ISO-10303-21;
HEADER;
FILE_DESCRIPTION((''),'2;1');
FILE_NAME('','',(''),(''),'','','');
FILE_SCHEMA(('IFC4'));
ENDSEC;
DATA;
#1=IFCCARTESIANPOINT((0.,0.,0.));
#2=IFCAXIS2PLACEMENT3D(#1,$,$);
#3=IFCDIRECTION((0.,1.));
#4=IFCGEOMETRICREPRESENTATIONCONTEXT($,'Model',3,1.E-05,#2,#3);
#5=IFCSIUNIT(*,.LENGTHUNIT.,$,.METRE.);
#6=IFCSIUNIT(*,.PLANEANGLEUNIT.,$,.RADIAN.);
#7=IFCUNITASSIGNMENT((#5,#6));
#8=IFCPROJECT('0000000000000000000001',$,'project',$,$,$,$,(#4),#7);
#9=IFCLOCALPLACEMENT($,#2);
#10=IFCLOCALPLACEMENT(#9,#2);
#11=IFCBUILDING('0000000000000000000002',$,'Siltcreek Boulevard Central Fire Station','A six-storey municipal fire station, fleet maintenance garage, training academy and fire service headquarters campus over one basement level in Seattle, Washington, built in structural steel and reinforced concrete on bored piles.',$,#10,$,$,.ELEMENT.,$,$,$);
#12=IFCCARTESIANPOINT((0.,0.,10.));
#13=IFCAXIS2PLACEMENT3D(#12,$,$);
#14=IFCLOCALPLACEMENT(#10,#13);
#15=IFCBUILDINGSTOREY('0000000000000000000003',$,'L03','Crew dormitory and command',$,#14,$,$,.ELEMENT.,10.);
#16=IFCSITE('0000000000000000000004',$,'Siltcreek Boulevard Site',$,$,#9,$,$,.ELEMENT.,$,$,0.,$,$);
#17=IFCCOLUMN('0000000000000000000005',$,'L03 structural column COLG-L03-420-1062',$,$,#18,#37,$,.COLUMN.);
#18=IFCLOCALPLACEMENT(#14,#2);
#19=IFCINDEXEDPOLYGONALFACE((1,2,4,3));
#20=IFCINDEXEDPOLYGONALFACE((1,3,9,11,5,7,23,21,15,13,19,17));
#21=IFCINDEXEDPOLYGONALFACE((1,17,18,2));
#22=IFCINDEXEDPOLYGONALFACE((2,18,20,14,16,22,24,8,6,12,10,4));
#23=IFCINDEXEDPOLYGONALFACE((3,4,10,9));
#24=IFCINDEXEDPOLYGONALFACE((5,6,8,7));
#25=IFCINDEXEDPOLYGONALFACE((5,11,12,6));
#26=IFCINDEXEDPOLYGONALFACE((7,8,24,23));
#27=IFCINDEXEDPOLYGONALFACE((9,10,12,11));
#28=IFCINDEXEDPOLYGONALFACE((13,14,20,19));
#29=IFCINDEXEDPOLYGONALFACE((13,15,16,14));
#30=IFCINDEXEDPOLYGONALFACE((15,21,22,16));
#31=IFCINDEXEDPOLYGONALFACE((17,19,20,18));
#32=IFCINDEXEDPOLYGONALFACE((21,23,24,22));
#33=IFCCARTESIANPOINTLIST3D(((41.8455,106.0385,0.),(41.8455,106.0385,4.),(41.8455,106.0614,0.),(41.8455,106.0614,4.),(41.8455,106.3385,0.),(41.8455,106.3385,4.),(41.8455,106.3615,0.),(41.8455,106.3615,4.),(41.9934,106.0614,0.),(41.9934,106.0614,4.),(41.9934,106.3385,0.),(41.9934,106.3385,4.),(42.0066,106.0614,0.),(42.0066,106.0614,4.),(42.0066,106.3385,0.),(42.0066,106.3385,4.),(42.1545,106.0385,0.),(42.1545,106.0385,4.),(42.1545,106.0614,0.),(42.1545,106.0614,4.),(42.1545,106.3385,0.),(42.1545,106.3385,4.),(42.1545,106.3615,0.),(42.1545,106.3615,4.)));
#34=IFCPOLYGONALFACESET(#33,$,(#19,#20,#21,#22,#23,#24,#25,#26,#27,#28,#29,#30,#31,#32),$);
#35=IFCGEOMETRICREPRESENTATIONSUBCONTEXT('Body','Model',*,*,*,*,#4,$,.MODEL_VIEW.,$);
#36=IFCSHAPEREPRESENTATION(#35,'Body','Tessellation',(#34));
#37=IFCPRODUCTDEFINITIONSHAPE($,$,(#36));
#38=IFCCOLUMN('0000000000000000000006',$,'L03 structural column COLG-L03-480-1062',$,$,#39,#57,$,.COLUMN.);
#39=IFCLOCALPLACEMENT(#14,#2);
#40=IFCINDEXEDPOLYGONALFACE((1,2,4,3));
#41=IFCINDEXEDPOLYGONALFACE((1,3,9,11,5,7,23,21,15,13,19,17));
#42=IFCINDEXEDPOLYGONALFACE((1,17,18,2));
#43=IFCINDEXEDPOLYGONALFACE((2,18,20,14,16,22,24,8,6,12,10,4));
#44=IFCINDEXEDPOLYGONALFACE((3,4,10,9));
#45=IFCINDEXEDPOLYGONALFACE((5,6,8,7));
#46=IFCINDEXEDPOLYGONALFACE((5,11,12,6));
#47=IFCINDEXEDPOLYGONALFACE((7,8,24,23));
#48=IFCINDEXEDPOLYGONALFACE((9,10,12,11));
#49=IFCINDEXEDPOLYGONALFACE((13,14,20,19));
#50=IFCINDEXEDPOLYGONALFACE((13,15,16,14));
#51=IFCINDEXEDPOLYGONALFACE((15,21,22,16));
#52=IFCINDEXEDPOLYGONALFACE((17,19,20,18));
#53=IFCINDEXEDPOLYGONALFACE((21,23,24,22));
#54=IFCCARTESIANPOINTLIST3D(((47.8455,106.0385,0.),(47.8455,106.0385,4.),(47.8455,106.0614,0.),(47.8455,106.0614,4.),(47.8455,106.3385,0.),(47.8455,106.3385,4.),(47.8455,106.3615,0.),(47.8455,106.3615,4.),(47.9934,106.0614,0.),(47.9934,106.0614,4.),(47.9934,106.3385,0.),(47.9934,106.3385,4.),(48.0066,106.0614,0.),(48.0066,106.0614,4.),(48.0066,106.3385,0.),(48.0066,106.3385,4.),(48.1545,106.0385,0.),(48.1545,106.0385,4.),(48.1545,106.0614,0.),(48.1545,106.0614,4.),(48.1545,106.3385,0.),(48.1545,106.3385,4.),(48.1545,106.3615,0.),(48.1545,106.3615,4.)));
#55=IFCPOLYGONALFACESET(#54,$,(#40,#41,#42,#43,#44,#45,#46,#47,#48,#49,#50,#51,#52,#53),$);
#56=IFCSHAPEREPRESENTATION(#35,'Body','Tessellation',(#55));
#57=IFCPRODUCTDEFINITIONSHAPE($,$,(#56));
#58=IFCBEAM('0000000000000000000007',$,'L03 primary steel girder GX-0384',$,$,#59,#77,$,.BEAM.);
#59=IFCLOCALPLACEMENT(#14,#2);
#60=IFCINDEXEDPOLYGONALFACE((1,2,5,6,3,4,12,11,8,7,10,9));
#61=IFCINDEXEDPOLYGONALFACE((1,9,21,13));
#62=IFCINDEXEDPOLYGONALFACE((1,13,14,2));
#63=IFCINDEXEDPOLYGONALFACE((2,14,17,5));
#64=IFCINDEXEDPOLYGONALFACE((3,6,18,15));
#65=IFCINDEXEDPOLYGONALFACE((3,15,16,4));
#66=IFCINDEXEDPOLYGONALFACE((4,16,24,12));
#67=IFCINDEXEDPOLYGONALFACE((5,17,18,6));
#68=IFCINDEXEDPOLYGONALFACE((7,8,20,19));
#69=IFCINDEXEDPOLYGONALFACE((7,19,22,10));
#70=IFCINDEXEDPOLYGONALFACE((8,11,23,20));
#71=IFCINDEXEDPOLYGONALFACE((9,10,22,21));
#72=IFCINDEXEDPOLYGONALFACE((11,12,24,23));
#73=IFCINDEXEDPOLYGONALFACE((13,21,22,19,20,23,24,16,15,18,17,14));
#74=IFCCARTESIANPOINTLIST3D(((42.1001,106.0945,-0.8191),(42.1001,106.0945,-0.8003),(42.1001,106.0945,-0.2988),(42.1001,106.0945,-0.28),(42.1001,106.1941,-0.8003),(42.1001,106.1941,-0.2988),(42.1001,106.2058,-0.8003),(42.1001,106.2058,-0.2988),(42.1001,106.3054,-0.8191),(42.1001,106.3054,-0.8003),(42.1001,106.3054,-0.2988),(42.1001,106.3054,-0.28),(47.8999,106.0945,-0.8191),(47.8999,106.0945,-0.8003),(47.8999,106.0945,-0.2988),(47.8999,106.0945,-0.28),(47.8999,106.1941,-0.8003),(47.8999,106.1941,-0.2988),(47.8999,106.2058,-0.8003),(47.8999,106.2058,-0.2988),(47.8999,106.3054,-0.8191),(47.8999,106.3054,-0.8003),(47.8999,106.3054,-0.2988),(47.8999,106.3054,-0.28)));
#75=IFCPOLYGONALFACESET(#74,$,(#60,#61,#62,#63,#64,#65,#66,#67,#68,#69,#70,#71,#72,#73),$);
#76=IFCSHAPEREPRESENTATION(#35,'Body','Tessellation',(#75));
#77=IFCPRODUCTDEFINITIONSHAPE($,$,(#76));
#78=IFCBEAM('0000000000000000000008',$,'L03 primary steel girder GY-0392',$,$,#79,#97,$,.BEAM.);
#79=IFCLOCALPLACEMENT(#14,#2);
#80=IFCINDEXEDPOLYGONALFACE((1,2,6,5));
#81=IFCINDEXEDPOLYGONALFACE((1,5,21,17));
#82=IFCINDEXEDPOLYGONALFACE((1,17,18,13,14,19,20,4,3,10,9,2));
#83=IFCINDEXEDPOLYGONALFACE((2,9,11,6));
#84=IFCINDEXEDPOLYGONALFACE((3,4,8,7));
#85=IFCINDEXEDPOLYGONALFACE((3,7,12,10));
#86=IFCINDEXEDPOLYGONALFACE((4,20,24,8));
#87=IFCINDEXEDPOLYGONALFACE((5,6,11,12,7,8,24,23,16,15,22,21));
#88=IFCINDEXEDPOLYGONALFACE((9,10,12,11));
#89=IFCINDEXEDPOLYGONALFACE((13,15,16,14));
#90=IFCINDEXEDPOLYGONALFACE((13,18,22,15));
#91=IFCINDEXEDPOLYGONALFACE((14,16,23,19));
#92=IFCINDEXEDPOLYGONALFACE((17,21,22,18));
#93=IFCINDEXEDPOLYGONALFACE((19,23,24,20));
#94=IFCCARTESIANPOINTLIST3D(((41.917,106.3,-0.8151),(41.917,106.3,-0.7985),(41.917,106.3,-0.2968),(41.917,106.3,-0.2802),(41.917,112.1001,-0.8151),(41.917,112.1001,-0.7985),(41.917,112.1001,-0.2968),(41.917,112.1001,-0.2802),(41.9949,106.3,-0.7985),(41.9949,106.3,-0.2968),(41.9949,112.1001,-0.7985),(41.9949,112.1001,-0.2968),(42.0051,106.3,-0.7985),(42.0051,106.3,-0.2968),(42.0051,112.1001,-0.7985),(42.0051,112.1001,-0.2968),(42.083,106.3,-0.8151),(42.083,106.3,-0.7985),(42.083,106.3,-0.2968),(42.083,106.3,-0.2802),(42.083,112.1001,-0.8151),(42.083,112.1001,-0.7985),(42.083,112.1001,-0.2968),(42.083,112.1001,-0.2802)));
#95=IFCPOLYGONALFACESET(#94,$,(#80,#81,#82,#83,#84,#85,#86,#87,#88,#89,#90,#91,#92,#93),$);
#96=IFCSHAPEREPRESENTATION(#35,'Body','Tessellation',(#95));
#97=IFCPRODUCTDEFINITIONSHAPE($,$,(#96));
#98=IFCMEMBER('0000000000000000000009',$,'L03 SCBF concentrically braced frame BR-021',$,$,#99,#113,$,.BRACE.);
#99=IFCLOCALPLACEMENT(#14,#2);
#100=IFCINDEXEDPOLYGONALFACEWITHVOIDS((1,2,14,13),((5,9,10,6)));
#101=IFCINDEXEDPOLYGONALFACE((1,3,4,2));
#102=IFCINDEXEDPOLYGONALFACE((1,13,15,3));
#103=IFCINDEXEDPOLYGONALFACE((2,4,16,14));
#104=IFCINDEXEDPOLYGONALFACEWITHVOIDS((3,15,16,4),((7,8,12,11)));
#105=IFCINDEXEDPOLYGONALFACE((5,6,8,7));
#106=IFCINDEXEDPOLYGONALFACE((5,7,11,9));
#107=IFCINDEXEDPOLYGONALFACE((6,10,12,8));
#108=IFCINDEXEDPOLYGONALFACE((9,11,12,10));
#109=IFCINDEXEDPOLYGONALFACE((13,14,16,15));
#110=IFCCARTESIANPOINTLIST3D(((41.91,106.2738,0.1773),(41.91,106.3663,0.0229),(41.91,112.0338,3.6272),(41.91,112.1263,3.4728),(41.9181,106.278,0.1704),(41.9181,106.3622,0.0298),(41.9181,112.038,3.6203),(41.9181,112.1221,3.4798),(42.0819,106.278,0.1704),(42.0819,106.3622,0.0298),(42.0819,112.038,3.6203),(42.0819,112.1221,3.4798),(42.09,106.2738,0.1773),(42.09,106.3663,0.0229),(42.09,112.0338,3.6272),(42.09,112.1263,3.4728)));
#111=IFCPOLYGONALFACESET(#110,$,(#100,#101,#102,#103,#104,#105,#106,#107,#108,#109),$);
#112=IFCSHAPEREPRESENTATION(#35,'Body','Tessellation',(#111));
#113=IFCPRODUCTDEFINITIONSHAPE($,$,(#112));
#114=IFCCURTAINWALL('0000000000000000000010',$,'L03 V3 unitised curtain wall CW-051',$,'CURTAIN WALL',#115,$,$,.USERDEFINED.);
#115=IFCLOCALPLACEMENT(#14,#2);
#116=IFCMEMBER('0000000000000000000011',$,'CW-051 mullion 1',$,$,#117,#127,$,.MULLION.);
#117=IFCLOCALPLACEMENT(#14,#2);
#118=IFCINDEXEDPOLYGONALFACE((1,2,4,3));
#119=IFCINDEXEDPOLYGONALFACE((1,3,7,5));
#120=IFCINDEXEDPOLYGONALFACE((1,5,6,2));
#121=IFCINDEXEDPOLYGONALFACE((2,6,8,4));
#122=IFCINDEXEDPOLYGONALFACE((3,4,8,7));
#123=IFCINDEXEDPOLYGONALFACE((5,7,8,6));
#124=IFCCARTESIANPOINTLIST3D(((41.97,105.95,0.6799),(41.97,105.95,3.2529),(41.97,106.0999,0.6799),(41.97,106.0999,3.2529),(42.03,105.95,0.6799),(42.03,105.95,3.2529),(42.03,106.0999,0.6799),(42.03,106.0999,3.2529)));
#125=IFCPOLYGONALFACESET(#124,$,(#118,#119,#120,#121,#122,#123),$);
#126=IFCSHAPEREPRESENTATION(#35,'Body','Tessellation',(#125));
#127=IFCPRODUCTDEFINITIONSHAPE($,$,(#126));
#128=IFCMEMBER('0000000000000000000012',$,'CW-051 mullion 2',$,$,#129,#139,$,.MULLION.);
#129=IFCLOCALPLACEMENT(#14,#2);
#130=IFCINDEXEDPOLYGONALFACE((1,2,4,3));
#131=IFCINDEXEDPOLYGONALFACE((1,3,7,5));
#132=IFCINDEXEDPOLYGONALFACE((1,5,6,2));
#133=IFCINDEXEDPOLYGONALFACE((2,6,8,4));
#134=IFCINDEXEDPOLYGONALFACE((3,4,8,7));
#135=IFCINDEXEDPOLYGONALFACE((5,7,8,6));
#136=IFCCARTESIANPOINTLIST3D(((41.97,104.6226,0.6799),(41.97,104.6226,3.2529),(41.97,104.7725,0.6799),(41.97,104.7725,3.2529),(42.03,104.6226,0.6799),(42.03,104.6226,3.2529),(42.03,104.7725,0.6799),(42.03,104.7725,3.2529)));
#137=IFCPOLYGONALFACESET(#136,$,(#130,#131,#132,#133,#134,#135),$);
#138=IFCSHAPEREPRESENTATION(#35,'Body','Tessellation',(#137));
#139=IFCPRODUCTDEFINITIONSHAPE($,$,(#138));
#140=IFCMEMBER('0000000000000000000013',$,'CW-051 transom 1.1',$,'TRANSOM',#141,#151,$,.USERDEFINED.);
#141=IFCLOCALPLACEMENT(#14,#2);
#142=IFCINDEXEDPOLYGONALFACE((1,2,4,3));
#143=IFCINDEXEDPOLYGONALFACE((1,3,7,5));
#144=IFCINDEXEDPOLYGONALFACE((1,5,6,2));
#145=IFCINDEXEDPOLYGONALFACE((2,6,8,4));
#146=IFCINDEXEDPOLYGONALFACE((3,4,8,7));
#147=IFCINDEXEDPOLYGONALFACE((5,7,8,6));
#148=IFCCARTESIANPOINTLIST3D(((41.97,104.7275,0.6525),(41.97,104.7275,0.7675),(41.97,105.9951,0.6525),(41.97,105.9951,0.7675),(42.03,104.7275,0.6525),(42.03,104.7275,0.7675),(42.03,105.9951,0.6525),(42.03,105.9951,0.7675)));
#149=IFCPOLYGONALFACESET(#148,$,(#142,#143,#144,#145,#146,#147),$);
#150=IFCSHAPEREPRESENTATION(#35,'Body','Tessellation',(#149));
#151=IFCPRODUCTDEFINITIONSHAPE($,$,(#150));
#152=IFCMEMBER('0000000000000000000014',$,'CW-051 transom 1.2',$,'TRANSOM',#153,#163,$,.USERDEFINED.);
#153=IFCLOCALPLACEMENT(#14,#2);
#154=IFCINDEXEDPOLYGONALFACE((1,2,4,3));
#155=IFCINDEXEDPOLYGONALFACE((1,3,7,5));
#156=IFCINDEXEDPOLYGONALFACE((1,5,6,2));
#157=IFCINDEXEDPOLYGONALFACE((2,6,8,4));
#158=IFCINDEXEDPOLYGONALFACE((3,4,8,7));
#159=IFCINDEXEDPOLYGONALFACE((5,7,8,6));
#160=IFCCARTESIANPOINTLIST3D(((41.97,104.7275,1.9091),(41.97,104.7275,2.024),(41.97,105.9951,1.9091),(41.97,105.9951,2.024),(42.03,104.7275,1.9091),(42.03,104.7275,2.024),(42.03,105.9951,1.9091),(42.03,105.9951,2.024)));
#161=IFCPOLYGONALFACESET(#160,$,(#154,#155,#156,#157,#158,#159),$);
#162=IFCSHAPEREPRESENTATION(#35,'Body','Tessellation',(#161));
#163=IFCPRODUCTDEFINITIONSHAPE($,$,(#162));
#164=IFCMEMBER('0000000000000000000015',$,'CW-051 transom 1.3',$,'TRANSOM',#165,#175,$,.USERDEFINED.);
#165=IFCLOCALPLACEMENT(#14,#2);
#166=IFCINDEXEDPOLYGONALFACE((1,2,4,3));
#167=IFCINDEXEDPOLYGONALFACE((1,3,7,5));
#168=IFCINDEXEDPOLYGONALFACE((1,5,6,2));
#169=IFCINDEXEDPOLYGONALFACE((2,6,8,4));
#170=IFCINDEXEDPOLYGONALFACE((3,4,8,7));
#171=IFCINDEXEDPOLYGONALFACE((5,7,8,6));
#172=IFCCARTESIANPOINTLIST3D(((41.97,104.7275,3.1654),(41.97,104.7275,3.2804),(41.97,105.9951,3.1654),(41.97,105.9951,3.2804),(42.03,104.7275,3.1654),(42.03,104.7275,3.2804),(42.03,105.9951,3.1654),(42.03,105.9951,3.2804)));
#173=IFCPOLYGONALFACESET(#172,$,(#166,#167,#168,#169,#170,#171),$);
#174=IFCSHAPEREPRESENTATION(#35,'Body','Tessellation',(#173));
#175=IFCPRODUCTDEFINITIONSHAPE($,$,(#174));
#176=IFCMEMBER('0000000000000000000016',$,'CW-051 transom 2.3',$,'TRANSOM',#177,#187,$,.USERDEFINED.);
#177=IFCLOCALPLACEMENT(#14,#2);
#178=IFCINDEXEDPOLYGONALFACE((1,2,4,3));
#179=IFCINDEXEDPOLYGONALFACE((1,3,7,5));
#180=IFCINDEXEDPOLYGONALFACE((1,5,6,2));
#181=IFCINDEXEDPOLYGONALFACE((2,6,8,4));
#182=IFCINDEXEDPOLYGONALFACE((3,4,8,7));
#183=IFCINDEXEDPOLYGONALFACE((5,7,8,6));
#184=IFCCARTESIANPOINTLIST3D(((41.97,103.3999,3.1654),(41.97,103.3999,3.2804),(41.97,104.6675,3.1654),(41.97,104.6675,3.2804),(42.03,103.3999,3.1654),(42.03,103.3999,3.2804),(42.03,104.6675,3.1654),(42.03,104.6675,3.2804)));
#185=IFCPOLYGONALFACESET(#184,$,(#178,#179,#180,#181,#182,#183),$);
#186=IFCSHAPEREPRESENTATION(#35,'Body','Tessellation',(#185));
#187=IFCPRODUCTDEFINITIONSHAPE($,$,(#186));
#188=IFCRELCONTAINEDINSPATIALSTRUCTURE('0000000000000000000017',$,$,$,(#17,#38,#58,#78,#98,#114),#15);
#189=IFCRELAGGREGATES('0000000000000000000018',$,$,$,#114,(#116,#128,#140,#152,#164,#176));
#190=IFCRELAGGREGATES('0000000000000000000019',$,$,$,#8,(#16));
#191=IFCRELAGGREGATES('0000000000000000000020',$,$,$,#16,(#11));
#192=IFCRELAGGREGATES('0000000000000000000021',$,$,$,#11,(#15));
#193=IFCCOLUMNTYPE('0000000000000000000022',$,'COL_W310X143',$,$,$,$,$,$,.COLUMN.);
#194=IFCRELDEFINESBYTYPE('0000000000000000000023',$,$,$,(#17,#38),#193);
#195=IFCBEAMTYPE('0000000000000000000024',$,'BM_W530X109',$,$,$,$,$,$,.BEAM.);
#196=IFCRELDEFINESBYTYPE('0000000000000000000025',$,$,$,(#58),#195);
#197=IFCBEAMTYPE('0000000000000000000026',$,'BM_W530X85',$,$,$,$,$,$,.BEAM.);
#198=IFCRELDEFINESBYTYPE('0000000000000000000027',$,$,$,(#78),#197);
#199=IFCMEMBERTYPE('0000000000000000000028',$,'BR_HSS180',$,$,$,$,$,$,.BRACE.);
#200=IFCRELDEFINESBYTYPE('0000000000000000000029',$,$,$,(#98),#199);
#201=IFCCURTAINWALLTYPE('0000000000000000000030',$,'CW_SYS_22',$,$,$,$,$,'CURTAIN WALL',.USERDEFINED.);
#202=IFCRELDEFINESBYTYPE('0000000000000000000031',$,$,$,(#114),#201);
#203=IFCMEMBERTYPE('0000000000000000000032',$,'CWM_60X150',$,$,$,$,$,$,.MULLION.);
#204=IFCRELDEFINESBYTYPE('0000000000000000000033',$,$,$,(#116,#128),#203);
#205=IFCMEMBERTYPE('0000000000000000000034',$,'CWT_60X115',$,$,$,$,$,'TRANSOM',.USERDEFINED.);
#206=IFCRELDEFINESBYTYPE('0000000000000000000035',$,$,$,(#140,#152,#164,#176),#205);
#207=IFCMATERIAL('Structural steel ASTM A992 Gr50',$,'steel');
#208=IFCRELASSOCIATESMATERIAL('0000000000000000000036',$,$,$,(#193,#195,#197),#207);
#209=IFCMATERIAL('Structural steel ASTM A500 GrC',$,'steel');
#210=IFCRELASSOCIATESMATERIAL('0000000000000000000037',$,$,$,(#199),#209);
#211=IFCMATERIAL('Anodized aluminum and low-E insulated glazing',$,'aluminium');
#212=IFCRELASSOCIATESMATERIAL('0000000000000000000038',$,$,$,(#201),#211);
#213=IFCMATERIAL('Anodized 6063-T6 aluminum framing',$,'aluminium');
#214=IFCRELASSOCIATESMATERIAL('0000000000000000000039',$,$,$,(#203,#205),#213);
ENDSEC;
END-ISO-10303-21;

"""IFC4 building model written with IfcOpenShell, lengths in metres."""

from ifc_helpers import new_model, si_unit, direction, frame, origin, origin_2d, place, context, subcontext, project, spatial, rectangle, hollow_rectangle, i_section, extrude, material, material_profile, profile_set, type_object, element, aggregate, save


model = new_model("IFC4")

# Units and contexts
model_context = context("Model", 3, precision=1e-05, world=origin(), true_north=direction((0.0, 1.0)))
body_context = subcontext(model_context, "Body", "Model", "MODEL_VIEW")
ifc_project = project(units=[si_unit("LENGTHUNIT", "METRE"), si_unit("PLANEANGLEUNIT", "RADIAN")], contexts=[model_context])

# Site, building, storey
site_placement = place(None, origin())
site = spatial("IfcSite", under=ifc_project, at=site_placement, Name="Siltcreek Boulevard Site", CompositionType="ELEMENT", RefElevation=0.0)
building_placement = place(site_placement, origin())
building = spatial("IfcBuilding", under=site, at=building_placement, Name="Siltcreek Boulevard Central Fire Station", Description="A six-storey municipal fire station, fleet maintenance garage, training academy and fire service headquarters campus over one basement level in Seattle, Washington, built in structural steel and reinforced concrete on bored piles.", CompositionType="ELEMENT")
storey_placement = place(building_placement, frame((0.0, 0.0, 10.0)))
storey = spatial("IfcBuildingStorey", under=building, at=storey_placement, Name="L03", Description="Crew dormitory and command", CompositionType="ELEMENT", Elevation=10.0)

# Columns
ifc_material_1 = material(Name="Structural steel ASTM A992 Gr50", Category="steel")
ifc_material_profile_1 = material_profile(ifc_material_1, i_section(OverallWidth=0.3091, OverallDepth=0.323, WebThickness=0.0132, FlangeThickness=0.0229, at=origin_2d()), Name="W310X143")
ifc_profile_set_1 = profile_set([ifc_material_profile_1], Name="Structural steel ASTM A992 Gr50")
column_type = type_object("IfcColumnType", Name="COL_W310X143", PredefinedType="COLUMN", material=ifc_profile_set_1)
for number, where, z_axis, x_axis, name in (
    (1, (42.0, 106.2, 0.0), (0.0, 0.0, 1.0), (1.0, 0.0, 0.0), "L03 structural column COLG-L03-420-1062"),
    (2, (48.0, 106.2, 0.0), (0.0, 0.0, 1.0), (1.0, 0.0, 0.0), "L03 structural column COLG-L03-480-1062"),
):
    element("IfcColumn", number, at=place(storey_placement, frame(where, z_axis=z_axis, x_axis=x_axis)), inside=storey, type_object=column_type, Name=name, PredefinedType="COLUMN", context=body_context, shape_type="SweptSolid", body=[
        extrude(i_section(OverallWidth=0.3091, OverallDepth=0.323, WebThickness=0.0132, FlangeThickness=0.0229, at=origin_2d()), origin(), (0.0, 0.0, 1.0), 4.0),
    ])

# Beams
ifc_material_profile_2 = material_profile(ifc_material_1, i_section(OverallWidth=0.2109, OverallDepth=0.5391, WebThickness=0.0117, FlangeThickness=0.0188, at=origin_2d()), Name="W530X109")
ifc_profile_set_2 = profile_set([ifc_material_profile_2], Name="Structural steel ASTM A992 Gr50")
beam_type_1 = type_object("IfcBeamType", Name="BM_W530X109", PredefinedType="BEAM", material=ifc_profile_set_2)
beam_1_placement = place(storey_placement, frame((42.1001, 106.2, -0.5496), z_axis=(1.0, 0.0, 0.0), x_axis=(0.0, 1.0, 0.0)))
element("IfcBeam", 3, at=beam_1_placement, inside=storey, type_object=beam_type_1, Name="L03 primary steel girder GX-0384", PredefinedType="BEAM", context=body_context, shape_type="SweptSolid", body=[
    extrude(i_section(OverallWidth=0.2109, OverallDepth=0.5391, WebThickness=0.0117, FlangeThickness=0.0188, at=origin_2d()), origin(), (0.0, 0.0, 1.0), 5.7998),
])
ifc_material_profile_3 = material_profile(ifc_material_1, i_section(OverallWidth=0.166, OverallDepth=0.5349, WebThickness=0.0103, FlangeThickness=0.0166, at=origin_2d()), Name="W530X85")
ifc_profile_set_3 = profile_set([ifc_material_profile_3], Name="Structural steel ASTM A992 Gr50")
beam_type_2 = type_object("IfcBeamType", Name="BM_W530X85", PredefinedType="BEAM", material=ifc_profile_set_3)
beam_2_placement = place(storey_placement, frame((42.0, 106.3, -0.5476), z_axis=(0.0, 1.0, 0.0), x_axis=(-1.0, 0.0, 0.0)))
element("IfcBeam", 4, at=beam_2_placement, inside=storey, type_object=beam_type_2, Name="L03 primary steel girder GY-0392", PredefinedType="BEAM", context=body_context, shape_type="SweptSolid", body=[
    extrude(i_section(OverallWidth=0.166, OverallDepth=0.5349, WebThickness=0.0103, FlangeThickness=0.0166, at=origin_2d()), origin(), (0.0, 0.0, 1.0), 5.8),
])

# Member
ifc_material_2 = material(Name="Structural steel ASTM A500 GrC", Category="steel")
ifc_material_profile_4 = material_profile(ifc_material_2, hollow_rectangle(XDim=0.1799, YDim=0.1799, WallThickness=0.0081, at=origin_2d()), Name="HSS180X180X8.0")
ifc_profile_set_4 = profile_set([ifc_material_profile_4], Name="Structural steel ASTM A500 GrC")
member_type_1 = type_object("IfcMemberType", Name="BR_HSS180", PredefinedType="BRACE", material=ifc_profile_set_4)
member_1_placement = place(storey_placement, frame((42.0, 106.3201, 0.1001), z_axis=(0.0, 0.857891, 0.513833), x_axis=(-1.0, 0.0, 0.0)))
element("IfcMember", 5, at=member_1_placement, inside=storey, type_object=member_type_1, Name="L03 SCBF concentrically braced frame BR-021", PredefinedType="BRACE", context=body_context, shape_type="SweptSolid", body=[
    extrude(hollow_rectangle(XDim=0.1799, YDim=0.1799, WallThickness=0.0081, at=origin_2d()), origin(), (0.0, 0.0, 1.0), 6.7141),
])

# Curtain wall, members
ifc_material_3 = material(Name="Anodized aluminum and low-E insulated glazing", Category="aluminium")
curtain_wall_type = type_object("IfcCurtainWallType", Name="CW_SYS_22", ElementType="CURTAIN WALL", PredefinedType="USERDEFINED", material=ifc_material_3)
curtain_wall_placement = place(storey_placement, origin())
curtain_wall = element("IfcCurtainWall", 6, at=curtain_wall_placement, inside=storey, type_object=curtain_wall_type, Name="L03 V3 unitised curtain wall CW-051", ObjectType="CURTAIN WALL", PredefinedType="USERDEFINED")
ifc_material_4 = material(Name="Anodized 6063-T6 aluminum framing", Category="aluminium")
ifc_material_profile_5 = material_profile(ifc_material_4, rectangle(XDim=0.0601, YDim=0.1499, at=origin_2d()), Name="MULL60X150")
ifc_profile_set_5 = profile_set([ifc_material_profile_5], Name="Anodized 6063-T6 aluminum framing")
member_type_2 = type_object("IfcMemberType", Name="CWM_60X150", PredefinedType="MULLION", material=ifc_profile_set_5)
member_2_placement = place(storey_placement, frame((42.0, 106.0249, 0.6799), z_axis=(0.0, 0.0, 1.0), x_axis=(1.0, 0.0, 0.0)))
member_2 = element("IfcMember", 7, at=member_2_placement, type_object=member_type_2, Name="CW-051 mullion 1", PredefinedType="MULLION", context=body_context, shape_type="SweptSolid", body=[
    extrude(rectangle(XDim=0.0601, YDim=0.1499, at=origin_2d()), origin(), (0.0, 0.0, 1.0), 2.573),
])
member_3_placement = place(storey_placement, frame((42.0, 104.6975, 0.6799), z_axis=(0.0, 0.0, 1.0), x_axis=(1.0, 0.0, 0.0)))
member_3 = element("IfcMember", 8, at=member_3_placement, type_object=member_type_2, Name="CW-051 mullion 2", PredefinedType="MULLION", context=body_context, shape_type="SweptSolid", body=[
    extrude(rectangle(XDim=0.0601, YDim=0.1499, at=origin_2d()), origin(), (0.0, 0.0, 1.0), 2.573),
])
ifc_material_profile_6 = material_profile(ifc_material_4, rectangle(XDim=0.0601, YDim=0.115, at=origin_2d()), Name="TRAN60X115")
ifc_profile_set_6 = profile_set([ifc_material_profile_6], Name="Anodized 6063-T6 aluminum framing")
member_type_3 = type_object("IfcMemberType", Name="CWT_60X115", ElementType="TRANSOM", PredefinedType="USERDEFINED", material=ifc_profile_set_6)
member_4_placement = place(storey_placement, frame((42.0, 105.9951, 0.71), z_axis=(0.0, -1.0, 0.0), x_axis=(1.0, 0.0, 0.0)))
member_4 = element("IfcMember", 9, at=member_4_placement, type_object=member_type_3, Name="CW-051 transom 1.1", ObjectType="TRANSOM", PredefinedType="USERDEFINED", context=body_context, shape_type="SweptSolid", body=[
    extrude(rectangle(XDim=0.0601, YDim=0.115, at=origin_2d()), origin(), (0.0, 0.0, 1.0), 1.2676),
])
member_5_placement = place(storey_placement, frame((42.0, 105.9951, 1.9666), z_axis=(0.0, -1.0, 0.0), x_axis=(1.0, 0.0, 0.0)))
member_5 = element("IfcMember", 10, at=member_5_placement, type_object=member_type_3, Name="CW-051 transom 1.2", ObjectType="TRANSOM", PredefinedType="USERDEFINED", context=body_context, shape_type="SweptSolid", body=[
    extrude(rectangle(XDim=0.0601, YDim=0.115, at=origin_2d()), origin(), (0.0, 0.0, 1.0), 1.2676),
])
member_6_placement = place(storey_placement, frame((42.0, 105.9951, 3.2229), z_axis=(0.0, -1.0, 0.0), x_axis=(1.0, 0.0, 0.0)))
member_6 = element("IfcMember", 11, at=member_6_placement, type_object=member_type_3, Name="CW-051 transom 1.3", ObjectType="TRANSOM", PredefinedType="USERDEFINED", context=body_context, shape_type="SweptSolid", body=[
    extrude(rectangle(XDim=0.0601, YDim=0.115, at=origin_2d()), origin(), (0.0, 0.0, 1.0), 1.2676),
])
member_7_placement = place(storey_placement, frame((42.0, 104.6675, 3.2229), z_axis=(0.0, -1.0, 0.0), x_axis=(1.0, 0.0, 0.0)))
member_7 = element("IfcMember", 12, at=member_7_placement, type_object=member_type_3, Name="CW-051 transom 2.3", ObjectType="TRANSOM", PredefinedType="USERDEFINED", context=body_context, shape_type="SweptSolid", body=[
    extrude(rectangle(XDim=0.0601, YDim=0.115, at=origin_2d()), origin(), (0.0, 0.0, 1.0), 1.2676),
])

aggregate(curtain_wall, [member_2, member_3, member_4, member_5, member_6, member_7])

save(model, "model.ifc")
